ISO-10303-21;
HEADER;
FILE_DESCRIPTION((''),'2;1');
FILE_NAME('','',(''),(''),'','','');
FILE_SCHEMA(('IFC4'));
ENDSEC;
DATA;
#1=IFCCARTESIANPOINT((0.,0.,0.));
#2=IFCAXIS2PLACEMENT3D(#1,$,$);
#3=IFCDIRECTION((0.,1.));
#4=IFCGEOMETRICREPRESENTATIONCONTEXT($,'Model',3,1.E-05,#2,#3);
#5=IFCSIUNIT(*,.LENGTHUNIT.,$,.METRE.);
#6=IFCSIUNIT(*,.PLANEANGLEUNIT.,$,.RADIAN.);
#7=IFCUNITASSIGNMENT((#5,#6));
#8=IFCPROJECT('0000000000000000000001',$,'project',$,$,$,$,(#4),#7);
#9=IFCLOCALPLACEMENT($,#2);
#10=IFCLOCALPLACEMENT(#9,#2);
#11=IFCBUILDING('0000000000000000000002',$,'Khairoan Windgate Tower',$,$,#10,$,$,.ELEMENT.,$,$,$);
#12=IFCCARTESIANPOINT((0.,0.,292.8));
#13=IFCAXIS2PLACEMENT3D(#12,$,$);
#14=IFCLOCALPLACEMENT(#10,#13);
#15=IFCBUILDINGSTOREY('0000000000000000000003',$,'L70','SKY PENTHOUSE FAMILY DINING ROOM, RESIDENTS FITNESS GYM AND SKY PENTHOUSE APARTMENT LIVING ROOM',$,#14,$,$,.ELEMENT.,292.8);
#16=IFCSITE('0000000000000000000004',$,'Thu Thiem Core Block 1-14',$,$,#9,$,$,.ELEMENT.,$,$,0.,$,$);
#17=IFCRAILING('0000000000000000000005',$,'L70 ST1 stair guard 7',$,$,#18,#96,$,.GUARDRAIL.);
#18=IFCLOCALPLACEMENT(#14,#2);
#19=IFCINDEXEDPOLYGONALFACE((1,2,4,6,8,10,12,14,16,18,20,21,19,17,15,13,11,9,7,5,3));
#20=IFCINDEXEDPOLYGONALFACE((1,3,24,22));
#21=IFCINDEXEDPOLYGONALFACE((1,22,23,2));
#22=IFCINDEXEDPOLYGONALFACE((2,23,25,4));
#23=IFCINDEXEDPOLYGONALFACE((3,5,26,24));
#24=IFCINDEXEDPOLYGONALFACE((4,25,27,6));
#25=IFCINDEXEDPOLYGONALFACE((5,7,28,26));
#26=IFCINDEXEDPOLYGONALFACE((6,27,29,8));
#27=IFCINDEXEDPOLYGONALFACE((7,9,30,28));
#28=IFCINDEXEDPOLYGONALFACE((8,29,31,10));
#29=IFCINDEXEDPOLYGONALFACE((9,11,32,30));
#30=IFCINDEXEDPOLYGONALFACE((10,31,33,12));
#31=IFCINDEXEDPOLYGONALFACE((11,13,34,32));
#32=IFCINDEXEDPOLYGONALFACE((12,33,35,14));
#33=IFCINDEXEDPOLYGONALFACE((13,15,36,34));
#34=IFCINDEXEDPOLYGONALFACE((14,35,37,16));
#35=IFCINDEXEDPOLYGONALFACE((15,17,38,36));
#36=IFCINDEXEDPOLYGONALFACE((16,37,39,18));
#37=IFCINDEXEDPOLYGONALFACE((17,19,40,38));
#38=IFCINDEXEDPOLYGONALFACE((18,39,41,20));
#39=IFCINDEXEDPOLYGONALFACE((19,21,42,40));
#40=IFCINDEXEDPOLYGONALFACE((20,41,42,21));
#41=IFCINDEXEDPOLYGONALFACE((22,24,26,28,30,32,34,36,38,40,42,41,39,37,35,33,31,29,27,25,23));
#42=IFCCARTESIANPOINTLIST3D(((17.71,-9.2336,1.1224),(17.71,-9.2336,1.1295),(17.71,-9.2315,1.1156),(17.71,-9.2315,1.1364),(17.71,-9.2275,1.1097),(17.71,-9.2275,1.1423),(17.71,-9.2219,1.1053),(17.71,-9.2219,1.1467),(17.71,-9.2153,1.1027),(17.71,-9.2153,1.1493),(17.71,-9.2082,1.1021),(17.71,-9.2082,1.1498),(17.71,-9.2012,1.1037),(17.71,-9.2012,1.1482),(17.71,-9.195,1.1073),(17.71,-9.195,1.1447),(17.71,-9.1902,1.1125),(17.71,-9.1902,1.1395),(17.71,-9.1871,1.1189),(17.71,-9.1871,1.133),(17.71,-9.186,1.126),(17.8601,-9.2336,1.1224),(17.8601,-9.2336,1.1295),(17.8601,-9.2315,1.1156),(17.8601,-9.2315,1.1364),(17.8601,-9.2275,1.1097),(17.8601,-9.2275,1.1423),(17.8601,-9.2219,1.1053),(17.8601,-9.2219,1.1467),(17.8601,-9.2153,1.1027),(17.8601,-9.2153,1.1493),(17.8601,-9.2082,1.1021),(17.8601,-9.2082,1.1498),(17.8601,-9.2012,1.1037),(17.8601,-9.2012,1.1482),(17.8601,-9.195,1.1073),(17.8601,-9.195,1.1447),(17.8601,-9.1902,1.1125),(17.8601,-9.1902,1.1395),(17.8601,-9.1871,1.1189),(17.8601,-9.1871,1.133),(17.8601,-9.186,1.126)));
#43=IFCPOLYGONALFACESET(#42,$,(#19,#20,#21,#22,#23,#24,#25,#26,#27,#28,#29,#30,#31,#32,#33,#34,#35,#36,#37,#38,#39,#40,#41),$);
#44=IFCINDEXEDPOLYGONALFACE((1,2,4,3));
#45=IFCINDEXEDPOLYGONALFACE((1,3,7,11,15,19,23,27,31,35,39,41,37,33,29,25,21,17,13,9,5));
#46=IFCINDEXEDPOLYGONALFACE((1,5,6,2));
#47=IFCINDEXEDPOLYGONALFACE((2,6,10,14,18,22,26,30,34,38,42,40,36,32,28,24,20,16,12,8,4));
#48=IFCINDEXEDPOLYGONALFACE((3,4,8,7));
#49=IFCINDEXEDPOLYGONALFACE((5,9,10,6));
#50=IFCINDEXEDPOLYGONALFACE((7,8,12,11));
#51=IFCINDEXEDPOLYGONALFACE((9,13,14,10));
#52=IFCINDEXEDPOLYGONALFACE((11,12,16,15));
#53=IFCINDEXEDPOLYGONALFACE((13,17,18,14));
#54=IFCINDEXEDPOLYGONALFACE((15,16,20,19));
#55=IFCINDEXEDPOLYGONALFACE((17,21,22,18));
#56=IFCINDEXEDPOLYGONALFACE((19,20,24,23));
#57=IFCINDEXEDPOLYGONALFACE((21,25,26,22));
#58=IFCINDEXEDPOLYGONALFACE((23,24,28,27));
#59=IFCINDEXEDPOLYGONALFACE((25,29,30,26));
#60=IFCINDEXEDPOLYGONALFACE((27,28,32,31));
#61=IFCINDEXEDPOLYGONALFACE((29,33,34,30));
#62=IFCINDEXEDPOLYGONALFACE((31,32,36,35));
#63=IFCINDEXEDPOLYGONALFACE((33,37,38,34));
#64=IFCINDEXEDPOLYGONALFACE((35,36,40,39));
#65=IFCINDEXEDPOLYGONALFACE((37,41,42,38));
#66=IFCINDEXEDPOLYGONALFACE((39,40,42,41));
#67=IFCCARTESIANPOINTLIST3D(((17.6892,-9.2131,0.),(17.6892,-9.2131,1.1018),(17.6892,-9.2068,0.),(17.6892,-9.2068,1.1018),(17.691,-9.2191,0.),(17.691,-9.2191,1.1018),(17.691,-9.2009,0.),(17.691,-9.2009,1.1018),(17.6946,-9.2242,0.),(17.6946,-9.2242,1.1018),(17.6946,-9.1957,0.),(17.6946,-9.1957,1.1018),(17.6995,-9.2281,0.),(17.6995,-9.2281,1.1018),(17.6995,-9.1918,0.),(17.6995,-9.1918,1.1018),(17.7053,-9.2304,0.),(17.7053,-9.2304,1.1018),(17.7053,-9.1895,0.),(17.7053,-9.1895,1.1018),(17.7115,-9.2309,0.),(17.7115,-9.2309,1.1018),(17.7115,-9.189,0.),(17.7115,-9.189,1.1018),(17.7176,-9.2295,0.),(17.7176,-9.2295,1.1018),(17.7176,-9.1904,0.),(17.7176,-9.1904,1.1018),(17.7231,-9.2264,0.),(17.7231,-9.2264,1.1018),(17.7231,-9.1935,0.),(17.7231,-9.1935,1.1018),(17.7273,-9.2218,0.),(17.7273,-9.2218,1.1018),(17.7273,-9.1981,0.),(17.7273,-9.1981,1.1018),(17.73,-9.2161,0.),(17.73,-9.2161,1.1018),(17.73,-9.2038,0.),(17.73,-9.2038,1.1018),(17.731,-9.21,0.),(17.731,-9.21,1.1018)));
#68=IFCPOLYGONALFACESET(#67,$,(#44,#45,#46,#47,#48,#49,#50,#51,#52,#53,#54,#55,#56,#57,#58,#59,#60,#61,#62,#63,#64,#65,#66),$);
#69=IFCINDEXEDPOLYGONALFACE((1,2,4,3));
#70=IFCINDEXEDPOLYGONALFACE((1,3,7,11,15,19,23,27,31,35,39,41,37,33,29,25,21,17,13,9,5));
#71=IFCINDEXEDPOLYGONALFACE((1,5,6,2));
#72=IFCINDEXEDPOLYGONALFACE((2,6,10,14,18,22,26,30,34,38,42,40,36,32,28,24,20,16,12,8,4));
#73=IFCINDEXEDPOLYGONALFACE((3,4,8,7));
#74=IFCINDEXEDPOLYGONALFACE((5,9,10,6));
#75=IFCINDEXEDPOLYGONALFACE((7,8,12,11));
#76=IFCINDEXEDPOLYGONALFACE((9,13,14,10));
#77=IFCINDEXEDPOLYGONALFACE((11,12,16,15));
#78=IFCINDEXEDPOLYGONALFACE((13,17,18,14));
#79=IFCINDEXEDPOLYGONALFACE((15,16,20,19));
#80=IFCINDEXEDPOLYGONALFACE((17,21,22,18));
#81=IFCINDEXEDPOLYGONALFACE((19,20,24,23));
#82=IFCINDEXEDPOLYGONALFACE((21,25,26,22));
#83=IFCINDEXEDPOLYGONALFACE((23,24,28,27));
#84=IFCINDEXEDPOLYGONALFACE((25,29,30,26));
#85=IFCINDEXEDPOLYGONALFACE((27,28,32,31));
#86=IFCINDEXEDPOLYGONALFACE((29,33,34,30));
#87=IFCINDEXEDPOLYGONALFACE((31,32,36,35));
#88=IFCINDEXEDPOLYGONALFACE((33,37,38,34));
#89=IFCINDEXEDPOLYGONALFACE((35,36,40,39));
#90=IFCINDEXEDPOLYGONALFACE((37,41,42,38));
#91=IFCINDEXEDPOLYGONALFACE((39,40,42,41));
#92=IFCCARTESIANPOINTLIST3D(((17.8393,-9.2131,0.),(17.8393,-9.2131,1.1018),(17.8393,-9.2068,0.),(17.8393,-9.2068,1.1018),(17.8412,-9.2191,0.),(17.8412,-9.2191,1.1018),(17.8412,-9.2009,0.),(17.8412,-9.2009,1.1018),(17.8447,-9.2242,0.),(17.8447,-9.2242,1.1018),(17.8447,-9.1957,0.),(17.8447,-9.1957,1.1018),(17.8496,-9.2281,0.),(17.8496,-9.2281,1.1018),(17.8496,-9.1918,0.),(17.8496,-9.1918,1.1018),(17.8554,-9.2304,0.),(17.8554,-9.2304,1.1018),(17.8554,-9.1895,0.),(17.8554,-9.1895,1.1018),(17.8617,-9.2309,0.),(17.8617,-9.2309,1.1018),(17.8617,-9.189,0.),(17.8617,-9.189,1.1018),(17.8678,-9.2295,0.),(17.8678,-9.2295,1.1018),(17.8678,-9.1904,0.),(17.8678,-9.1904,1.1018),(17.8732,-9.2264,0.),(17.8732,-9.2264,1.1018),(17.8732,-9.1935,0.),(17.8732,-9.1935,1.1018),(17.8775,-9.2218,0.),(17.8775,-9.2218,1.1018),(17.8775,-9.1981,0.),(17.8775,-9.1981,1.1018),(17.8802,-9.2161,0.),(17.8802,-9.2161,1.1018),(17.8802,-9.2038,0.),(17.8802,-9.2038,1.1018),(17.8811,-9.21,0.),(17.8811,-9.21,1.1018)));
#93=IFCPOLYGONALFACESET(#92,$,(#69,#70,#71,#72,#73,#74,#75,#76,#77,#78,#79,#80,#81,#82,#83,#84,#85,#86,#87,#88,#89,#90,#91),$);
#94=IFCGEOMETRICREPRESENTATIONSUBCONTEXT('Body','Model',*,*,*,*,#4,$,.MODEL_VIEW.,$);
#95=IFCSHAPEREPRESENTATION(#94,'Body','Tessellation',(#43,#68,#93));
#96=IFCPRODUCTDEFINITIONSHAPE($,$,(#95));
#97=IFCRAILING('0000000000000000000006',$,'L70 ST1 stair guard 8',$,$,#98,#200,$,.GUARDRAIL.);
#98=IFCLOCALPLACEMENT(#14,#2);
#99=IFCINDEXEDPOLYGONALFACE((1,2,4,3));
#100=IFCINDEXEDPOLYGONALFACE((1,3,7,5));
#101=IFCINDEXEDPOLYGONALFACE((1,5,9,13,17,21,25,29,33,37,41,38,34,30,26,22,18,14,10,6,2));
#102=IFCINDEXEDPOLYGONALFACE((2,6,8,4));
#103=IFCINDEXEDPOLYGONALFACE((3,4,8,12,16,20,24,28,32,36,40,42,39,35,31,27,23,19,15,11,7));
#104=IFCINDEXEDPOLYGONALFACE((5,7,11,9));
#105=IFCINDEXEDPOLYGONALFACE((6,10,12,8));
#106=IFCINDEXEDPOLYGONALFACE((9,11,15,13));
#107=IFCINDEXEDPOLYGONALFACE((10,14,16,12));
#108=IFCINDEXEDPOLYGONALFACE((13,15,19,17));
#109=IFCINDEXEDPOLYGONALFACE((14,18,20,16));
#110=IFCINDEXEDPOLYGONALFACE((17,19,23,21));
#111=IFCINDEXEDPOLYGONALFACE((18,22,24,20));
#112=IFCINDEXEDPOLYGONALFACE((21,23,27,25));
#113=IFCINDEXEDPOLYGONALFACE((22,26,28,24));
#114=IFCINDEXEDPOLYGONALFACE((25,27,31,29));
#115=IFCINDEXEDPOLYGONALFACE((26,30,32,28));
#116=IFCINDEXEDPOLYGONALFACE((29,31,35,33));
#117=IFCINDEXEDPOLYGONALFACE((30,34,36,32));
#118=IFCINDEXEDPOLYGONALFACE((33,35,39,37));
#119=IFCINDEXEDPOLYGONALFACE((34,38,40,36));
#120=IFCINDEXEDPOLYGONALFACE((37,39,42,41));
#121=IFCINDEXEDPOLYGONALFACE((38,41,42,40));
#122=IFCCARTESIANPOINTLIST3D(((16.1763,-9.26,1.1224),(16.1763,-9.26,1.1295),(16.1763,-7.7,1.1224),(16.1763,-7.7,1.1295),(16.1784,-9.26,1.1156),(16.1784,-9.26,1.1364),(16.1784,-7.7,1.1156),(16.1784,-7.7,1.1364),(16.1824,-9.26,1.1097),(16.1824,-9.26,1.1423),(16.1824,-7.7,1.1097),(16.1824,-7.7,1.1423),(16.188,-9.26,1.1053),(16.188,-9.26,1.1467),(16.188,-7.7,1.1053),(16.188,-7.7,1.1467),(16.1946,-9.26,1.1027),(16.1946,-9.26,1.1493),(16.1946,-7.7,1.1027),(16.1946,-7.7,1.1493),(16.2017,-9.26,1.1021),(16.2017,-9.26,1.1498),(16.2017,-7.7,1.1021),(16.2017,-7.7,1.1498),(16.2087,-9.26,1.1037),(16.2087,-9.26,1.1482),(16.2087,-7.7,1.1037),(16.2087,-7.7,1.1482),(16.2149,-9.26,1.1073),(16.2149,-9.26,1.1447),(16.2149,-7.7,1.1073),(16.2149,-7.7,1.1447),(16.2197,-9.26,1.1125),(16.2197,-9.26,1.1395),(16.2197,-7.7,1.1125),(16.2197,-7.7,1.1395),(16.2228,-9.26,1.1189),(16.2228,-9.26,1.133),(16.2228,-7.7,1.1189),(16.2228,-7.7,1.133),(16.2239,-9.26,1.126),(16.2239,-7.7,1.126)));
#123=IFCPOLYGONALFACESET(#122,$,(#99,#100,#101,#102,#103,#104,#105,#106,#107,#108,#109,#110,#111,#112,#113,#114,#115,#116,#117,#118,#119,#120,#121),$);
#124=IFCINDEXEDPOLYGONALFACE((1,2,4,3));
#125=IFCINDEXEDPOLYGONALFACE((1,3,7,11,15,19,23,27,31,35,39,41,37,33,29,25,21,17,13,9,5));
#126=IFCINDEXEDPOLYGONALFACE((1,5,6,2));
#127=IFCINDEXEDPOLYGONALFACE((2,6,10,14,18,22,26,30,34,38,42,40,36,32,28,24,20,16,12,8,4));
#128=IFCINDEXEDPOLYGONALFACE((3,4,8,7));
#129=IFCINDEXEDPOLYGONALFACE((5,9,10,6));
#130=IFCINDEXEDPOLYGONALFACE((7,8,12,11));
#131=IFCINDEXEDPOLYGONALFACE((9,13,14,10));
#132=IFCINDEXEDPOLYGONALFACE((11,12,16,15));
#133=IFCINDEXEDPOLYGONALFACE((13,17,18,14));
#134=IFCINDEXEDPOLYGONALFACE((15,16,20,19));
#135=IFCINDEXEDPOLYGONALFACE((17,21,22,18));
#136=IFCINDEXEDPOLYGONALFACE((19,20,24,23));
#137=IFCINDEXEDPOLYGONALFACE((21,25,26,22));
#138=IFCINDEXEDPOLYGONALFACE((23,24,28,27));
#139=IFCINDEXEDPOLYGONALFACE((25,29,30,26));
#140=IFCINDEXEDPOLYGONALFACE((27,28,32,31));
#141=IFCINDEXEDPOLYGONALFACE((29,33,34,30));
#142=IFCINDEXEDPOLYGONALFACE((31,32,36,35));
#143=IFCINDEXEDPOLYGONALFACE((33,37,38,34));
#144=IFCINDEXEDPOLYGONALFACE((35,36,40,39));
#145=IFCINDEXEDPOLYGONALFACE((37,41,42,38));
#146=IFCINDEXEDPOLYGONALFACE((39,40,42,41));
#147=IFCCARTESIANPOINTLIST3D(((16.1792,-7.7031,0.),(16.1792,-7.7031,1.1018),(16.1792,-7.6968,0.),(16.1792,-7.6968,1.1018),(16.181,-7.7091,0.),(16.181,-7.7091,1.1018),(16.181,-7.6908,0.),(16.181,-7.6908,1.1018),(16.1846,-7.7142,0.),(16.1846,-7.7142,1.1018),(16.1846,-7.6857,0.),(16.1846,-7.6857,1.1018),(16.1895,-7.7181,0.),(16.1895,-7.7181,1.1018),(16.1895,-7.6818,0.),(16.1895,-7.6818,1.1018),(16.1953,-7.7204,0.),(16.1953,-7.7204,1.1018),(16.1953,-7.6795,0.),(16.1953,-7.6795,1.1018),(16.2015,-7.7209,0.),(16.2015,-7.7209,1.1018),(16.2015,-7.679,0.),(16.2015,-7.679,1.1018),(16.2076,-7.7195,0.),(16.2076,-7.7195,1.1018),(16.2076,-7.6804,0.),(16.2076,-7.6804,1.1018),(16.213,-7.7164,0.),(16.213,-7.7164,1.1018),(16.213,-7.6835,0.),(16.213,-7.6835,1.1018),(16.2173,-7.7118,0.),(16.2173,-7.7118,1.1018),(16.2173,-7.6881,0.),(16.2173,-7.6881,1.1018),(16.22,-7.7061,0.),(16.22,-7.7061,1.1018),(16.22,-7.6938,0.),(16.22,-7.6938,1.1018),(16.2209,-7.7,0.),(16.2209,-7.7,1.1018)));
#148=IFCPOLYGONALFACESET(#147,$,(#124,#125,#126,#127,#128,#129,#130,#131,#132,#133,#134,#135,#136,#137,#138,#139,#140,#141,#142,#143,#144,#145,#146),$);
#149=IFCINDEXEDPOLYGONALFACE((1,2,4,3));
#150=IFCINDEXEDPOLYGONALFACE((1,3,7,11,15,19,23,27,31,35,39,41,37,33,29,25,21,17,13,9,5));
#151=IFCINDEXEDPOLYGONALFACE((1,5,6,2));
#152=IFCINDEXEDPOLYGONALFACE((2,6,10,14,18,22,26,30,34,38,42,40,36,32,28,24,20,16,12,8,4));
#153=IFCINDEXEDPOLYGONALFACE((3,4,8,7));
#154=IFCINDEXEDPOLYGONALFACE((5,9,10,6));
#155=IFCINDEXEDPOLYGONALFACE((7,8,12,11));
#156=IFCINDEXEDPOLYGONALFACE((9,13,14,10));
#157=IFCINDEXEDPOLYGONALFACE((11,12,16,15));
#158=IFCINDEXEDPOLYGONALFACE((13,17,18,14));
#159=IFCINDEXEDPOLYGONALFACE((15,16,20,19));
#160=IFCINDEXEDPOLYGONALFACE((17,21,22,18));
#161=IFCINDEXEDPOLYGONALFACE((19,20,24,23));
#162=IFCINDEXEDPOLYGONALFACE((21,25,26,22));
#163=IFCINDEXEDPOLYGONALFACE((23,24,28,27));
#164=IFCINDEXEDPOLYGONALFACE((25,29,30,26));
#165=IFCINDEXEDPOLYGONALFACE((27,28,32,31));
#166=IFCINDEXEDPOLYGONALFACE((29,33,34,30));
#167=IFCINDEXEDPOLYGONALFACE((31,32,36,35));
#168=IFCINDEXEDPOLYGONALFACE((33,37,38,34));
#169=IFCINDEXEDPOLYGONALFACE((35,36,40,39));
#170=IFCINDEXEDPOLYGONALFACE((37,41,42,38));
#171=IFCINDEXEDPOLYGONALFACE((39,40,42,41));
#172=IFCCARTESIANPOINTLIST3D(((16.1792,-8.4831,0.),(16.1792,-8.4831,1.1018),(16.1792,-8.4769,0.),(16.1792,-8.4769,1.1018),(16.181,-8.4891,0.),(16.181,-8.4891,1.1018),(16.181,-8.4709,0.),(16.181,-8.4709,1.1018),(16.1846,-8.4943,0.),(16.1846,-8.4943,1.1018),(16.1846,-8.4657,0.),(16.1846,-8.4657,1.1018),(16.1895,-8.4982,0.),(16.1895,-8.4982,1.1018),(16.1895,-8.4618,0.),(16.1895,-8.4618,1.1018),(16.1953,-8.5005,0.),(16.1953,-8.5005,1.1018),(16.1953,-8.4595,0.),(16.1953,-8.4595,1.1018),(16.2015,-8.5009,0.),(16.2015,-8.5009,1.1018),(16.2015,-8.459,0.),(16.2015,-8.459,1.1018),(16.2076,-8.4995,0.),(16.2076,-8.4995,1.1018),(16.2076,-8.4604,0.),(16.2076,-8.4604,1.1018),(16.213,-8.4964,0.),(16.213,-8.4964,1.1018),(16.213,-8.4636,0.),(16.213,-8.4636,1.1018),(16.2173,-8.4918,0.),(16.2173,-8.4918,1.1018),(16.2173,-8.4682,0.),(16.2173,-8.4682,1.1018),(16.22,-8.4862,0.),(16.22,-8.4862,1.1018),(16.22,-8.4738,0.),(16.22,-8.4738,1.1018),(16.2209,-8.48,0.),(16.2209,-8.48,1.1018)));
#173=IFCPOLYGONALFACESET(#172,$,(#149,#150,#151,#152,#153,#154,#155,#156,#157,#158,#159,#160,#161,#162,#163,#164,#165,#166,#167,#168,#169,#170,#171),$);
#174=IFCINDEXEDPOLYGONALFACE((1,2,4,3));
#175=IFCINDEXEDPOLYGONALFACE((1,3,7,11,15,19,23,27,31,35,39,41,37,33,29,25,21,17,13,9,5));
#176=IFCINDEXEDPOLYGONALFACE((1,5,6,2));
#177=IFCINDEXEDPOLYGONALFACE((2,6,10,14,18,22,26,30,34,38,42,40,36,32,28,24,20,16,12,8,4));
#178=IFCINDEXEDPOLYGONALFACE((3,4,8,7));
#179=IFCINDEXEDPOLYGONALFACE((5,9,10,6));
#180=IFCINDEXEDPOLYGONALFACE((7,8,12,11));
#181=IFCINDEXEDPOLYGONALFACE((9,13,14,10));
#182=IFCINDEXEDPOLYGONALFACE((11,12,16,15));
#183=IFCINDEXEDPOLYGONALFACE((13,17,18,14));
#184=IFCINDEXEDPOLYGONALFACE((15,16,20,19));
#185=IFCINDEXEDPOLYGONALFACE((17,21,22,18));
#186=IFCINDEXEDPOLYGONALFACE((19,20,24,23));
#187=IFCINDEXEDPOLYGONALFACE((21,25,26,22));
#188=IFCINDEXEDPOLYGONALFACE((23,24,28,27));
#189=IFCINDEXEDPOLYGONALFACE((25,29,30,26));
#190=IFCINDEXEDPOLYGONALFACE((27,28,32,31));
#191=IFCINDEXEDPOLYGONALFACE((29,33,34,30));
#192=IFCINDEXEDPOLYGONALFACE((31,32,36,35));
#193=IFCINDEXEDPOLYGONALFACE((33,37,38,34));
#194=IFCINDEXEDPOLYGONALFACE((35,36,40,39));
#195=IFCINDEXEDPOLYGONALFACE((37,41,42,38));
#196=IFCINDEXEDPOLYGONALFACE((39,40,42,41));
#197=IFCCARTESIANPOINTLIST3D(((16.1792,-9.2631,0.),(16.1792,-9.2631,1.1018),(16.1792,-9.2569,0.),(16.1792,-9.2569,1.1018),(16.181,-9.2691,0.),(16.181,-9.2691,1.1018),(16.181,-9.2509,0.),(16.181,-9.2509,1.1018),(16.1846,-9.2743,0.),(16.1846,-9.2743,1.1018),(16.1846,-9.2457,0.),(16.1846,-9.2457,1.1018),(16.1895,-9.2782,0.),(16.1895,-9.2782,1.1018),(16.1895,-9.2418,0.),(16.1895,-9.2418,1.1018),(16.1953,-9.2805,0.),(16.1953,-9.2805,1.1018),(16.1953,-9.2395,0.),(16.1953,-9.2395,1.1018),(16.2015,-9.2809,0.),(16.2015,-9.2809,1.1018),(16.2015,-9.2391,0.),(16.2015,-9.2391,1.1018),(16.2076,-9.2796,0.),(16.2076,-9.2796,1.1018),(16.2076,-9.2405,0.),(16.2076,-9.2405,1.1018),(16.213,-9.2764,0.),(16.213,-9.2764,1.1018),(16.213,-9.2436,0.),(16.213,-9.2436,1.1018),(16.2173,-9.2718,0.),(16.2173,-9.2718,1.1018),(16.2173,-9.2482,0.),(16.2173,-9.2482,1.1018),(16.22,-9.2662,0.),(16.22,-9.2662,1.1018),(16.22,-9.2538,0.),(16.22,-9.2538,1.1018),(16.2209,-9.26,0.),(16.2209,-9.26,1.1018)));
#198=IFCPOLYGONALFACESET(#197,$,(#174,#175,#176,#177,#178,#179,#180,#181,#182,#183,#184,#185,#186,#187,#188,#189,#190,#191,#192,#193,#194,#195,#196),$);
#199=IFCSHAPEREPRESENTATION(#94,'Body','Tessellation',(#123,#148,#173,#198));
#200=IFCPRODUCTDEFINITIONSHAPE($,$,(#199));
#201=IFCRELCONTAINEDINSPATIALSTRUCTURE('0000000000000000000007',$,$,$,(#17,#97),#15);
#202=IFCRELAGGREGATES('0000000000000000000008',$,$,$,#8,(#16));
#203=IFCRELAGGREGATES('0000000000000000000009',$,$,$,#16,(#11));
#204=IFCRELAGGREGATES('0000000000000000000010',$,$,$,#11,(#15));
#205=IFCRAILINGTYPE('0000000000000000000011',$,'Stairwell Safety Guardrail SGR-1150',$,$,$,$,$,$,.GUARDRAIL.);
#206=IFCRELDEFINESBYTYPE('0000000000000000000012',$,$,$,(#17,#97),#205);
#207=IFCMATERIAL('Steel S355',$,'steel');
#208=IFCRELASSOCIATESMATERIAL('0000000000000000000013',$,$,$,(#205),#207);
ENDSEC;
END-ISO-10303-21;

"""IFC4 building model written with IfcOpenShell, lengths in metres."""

from ifc_helpers import new_model, si_unit, direction, frame, origin, origin_2d, place, context, subcontext, project, spatial, circle, extrude, material, type_object, element, save


model = new_model("IFC4")

# Units and contexts
model_context = context("Model", 3, precision=1e-05, world=origin(), true_north=direction((0.0, 1.0)))
body_context = subcontext(model_context, "Body", "Model", "MODEL_VIEW")
ifc_project = project(units=[si_unit("LENGTHUNIT", "METRE"), si_unit("PLANEANGLEUNIT", "RADIAN")], contexts=[model_context])

# Site, building, storey
site_placement = place(None, origin())
site = spatial("IfcSite", under=ifc_project, at=site_placement, Name="Thu Thiem Core Block 1-14", CompositionType="ELEMENT", RefElevation=0.0)
building_placement = place(site_placement, origin())
building = spatial("IfcBuilding", under=site, at=building_placement, Name="Khairoan Windgate Tower", CompositionType="ELEMENT")
storey_placement = place(building_placement, frame((0.0, 0.0, 292.8)))
storey = spatial("IfcBuildingStorey", under=building, at=storey_placement, Name="L70", Description="SKY PENTHOUSE FAMILY DINING ROOM, RESIDENTS FITNESS GYM AND SKY PENTHOUSE APARTMENT LIVING ROOM", CompositionType="ELEMENT", Elevation=292.8)

# Railings
ifc_material_1 = material(Name="Steel S355", Category="steel")
railing_type_1 = type_object("IfcRailingType", Name="Stairwell Safety Guardrail SGR-1150", PredefinedType="GUARDRAIL", material=ifc_material_1)
railing_1_placement = place(storey_placement, frame((17.71, -9.21, 0.0)))
element("IfcRailing", 1, at=railing_1_placement, inside=storey, type_object=railing_type_1, Name="L70 ST1 stair guard 7", PredefinedType="GUARDRAIL", context=body_context, shape_type="SweptSolid", body=[
    extrude(circle(Radius=0.0239, at=origin_2d()), frame((0.0, 0.0, 1.126), z_axis=(1.0, 0.0, 0.0), x_axis=(0.0, 1.0, 0.0)), (0.0, 0.0, 1.0), 0.1501),
    extrude(circle(Radius=0.021, at=origin_2d()), origin(), (0.0, 0.0, 1.0), 1.1018),
    extrude(circle(Radius=0.021, at=origin_2d()), frame((0.1501, 0.0, 0.0)), (0.0, 0.0, 1.0), 1.1018),
])
for number, where, name in (
    (2, (16.2, -7.7, 0.0), "L70 ST1 stair guard 8"),
):
    element("IfcRailing", number, at=place(storey_placement, frame(where)), inside=storey, type_object=railing_type_1, Name=name, PredefinedType="GUARDRAIL", context=body_context, shape_type="SweptSolid", body=[
        extrude(circle(Radius=0.0239, at=origin_2d()), frame((0.0, 0.0, 1.126), z_axis=(0.0, -1.0, 0.0), x_axis=(1.0, 0.0, 0.0)), (0.0, 0.0, 1.0), 1.5601),
        extrude(circle(Radius=0.021, at=origin_2d()), origin(), (0.0, 0.0, 1.0), 1.1018),
        extrude(circle(Radius=0.021, at=origin_2d()), frame((0.0, -0.78, 0.0)), (0.0, 0.0, 1.0), 1.1018),
        extrude(circle(Radius=0.021, at=origin_2d()), frame((0.0, -1.5601, 0.0)), (0.0, 0.0, 1.0), 1.1018),
    ])

save(model, "model.ifc")
